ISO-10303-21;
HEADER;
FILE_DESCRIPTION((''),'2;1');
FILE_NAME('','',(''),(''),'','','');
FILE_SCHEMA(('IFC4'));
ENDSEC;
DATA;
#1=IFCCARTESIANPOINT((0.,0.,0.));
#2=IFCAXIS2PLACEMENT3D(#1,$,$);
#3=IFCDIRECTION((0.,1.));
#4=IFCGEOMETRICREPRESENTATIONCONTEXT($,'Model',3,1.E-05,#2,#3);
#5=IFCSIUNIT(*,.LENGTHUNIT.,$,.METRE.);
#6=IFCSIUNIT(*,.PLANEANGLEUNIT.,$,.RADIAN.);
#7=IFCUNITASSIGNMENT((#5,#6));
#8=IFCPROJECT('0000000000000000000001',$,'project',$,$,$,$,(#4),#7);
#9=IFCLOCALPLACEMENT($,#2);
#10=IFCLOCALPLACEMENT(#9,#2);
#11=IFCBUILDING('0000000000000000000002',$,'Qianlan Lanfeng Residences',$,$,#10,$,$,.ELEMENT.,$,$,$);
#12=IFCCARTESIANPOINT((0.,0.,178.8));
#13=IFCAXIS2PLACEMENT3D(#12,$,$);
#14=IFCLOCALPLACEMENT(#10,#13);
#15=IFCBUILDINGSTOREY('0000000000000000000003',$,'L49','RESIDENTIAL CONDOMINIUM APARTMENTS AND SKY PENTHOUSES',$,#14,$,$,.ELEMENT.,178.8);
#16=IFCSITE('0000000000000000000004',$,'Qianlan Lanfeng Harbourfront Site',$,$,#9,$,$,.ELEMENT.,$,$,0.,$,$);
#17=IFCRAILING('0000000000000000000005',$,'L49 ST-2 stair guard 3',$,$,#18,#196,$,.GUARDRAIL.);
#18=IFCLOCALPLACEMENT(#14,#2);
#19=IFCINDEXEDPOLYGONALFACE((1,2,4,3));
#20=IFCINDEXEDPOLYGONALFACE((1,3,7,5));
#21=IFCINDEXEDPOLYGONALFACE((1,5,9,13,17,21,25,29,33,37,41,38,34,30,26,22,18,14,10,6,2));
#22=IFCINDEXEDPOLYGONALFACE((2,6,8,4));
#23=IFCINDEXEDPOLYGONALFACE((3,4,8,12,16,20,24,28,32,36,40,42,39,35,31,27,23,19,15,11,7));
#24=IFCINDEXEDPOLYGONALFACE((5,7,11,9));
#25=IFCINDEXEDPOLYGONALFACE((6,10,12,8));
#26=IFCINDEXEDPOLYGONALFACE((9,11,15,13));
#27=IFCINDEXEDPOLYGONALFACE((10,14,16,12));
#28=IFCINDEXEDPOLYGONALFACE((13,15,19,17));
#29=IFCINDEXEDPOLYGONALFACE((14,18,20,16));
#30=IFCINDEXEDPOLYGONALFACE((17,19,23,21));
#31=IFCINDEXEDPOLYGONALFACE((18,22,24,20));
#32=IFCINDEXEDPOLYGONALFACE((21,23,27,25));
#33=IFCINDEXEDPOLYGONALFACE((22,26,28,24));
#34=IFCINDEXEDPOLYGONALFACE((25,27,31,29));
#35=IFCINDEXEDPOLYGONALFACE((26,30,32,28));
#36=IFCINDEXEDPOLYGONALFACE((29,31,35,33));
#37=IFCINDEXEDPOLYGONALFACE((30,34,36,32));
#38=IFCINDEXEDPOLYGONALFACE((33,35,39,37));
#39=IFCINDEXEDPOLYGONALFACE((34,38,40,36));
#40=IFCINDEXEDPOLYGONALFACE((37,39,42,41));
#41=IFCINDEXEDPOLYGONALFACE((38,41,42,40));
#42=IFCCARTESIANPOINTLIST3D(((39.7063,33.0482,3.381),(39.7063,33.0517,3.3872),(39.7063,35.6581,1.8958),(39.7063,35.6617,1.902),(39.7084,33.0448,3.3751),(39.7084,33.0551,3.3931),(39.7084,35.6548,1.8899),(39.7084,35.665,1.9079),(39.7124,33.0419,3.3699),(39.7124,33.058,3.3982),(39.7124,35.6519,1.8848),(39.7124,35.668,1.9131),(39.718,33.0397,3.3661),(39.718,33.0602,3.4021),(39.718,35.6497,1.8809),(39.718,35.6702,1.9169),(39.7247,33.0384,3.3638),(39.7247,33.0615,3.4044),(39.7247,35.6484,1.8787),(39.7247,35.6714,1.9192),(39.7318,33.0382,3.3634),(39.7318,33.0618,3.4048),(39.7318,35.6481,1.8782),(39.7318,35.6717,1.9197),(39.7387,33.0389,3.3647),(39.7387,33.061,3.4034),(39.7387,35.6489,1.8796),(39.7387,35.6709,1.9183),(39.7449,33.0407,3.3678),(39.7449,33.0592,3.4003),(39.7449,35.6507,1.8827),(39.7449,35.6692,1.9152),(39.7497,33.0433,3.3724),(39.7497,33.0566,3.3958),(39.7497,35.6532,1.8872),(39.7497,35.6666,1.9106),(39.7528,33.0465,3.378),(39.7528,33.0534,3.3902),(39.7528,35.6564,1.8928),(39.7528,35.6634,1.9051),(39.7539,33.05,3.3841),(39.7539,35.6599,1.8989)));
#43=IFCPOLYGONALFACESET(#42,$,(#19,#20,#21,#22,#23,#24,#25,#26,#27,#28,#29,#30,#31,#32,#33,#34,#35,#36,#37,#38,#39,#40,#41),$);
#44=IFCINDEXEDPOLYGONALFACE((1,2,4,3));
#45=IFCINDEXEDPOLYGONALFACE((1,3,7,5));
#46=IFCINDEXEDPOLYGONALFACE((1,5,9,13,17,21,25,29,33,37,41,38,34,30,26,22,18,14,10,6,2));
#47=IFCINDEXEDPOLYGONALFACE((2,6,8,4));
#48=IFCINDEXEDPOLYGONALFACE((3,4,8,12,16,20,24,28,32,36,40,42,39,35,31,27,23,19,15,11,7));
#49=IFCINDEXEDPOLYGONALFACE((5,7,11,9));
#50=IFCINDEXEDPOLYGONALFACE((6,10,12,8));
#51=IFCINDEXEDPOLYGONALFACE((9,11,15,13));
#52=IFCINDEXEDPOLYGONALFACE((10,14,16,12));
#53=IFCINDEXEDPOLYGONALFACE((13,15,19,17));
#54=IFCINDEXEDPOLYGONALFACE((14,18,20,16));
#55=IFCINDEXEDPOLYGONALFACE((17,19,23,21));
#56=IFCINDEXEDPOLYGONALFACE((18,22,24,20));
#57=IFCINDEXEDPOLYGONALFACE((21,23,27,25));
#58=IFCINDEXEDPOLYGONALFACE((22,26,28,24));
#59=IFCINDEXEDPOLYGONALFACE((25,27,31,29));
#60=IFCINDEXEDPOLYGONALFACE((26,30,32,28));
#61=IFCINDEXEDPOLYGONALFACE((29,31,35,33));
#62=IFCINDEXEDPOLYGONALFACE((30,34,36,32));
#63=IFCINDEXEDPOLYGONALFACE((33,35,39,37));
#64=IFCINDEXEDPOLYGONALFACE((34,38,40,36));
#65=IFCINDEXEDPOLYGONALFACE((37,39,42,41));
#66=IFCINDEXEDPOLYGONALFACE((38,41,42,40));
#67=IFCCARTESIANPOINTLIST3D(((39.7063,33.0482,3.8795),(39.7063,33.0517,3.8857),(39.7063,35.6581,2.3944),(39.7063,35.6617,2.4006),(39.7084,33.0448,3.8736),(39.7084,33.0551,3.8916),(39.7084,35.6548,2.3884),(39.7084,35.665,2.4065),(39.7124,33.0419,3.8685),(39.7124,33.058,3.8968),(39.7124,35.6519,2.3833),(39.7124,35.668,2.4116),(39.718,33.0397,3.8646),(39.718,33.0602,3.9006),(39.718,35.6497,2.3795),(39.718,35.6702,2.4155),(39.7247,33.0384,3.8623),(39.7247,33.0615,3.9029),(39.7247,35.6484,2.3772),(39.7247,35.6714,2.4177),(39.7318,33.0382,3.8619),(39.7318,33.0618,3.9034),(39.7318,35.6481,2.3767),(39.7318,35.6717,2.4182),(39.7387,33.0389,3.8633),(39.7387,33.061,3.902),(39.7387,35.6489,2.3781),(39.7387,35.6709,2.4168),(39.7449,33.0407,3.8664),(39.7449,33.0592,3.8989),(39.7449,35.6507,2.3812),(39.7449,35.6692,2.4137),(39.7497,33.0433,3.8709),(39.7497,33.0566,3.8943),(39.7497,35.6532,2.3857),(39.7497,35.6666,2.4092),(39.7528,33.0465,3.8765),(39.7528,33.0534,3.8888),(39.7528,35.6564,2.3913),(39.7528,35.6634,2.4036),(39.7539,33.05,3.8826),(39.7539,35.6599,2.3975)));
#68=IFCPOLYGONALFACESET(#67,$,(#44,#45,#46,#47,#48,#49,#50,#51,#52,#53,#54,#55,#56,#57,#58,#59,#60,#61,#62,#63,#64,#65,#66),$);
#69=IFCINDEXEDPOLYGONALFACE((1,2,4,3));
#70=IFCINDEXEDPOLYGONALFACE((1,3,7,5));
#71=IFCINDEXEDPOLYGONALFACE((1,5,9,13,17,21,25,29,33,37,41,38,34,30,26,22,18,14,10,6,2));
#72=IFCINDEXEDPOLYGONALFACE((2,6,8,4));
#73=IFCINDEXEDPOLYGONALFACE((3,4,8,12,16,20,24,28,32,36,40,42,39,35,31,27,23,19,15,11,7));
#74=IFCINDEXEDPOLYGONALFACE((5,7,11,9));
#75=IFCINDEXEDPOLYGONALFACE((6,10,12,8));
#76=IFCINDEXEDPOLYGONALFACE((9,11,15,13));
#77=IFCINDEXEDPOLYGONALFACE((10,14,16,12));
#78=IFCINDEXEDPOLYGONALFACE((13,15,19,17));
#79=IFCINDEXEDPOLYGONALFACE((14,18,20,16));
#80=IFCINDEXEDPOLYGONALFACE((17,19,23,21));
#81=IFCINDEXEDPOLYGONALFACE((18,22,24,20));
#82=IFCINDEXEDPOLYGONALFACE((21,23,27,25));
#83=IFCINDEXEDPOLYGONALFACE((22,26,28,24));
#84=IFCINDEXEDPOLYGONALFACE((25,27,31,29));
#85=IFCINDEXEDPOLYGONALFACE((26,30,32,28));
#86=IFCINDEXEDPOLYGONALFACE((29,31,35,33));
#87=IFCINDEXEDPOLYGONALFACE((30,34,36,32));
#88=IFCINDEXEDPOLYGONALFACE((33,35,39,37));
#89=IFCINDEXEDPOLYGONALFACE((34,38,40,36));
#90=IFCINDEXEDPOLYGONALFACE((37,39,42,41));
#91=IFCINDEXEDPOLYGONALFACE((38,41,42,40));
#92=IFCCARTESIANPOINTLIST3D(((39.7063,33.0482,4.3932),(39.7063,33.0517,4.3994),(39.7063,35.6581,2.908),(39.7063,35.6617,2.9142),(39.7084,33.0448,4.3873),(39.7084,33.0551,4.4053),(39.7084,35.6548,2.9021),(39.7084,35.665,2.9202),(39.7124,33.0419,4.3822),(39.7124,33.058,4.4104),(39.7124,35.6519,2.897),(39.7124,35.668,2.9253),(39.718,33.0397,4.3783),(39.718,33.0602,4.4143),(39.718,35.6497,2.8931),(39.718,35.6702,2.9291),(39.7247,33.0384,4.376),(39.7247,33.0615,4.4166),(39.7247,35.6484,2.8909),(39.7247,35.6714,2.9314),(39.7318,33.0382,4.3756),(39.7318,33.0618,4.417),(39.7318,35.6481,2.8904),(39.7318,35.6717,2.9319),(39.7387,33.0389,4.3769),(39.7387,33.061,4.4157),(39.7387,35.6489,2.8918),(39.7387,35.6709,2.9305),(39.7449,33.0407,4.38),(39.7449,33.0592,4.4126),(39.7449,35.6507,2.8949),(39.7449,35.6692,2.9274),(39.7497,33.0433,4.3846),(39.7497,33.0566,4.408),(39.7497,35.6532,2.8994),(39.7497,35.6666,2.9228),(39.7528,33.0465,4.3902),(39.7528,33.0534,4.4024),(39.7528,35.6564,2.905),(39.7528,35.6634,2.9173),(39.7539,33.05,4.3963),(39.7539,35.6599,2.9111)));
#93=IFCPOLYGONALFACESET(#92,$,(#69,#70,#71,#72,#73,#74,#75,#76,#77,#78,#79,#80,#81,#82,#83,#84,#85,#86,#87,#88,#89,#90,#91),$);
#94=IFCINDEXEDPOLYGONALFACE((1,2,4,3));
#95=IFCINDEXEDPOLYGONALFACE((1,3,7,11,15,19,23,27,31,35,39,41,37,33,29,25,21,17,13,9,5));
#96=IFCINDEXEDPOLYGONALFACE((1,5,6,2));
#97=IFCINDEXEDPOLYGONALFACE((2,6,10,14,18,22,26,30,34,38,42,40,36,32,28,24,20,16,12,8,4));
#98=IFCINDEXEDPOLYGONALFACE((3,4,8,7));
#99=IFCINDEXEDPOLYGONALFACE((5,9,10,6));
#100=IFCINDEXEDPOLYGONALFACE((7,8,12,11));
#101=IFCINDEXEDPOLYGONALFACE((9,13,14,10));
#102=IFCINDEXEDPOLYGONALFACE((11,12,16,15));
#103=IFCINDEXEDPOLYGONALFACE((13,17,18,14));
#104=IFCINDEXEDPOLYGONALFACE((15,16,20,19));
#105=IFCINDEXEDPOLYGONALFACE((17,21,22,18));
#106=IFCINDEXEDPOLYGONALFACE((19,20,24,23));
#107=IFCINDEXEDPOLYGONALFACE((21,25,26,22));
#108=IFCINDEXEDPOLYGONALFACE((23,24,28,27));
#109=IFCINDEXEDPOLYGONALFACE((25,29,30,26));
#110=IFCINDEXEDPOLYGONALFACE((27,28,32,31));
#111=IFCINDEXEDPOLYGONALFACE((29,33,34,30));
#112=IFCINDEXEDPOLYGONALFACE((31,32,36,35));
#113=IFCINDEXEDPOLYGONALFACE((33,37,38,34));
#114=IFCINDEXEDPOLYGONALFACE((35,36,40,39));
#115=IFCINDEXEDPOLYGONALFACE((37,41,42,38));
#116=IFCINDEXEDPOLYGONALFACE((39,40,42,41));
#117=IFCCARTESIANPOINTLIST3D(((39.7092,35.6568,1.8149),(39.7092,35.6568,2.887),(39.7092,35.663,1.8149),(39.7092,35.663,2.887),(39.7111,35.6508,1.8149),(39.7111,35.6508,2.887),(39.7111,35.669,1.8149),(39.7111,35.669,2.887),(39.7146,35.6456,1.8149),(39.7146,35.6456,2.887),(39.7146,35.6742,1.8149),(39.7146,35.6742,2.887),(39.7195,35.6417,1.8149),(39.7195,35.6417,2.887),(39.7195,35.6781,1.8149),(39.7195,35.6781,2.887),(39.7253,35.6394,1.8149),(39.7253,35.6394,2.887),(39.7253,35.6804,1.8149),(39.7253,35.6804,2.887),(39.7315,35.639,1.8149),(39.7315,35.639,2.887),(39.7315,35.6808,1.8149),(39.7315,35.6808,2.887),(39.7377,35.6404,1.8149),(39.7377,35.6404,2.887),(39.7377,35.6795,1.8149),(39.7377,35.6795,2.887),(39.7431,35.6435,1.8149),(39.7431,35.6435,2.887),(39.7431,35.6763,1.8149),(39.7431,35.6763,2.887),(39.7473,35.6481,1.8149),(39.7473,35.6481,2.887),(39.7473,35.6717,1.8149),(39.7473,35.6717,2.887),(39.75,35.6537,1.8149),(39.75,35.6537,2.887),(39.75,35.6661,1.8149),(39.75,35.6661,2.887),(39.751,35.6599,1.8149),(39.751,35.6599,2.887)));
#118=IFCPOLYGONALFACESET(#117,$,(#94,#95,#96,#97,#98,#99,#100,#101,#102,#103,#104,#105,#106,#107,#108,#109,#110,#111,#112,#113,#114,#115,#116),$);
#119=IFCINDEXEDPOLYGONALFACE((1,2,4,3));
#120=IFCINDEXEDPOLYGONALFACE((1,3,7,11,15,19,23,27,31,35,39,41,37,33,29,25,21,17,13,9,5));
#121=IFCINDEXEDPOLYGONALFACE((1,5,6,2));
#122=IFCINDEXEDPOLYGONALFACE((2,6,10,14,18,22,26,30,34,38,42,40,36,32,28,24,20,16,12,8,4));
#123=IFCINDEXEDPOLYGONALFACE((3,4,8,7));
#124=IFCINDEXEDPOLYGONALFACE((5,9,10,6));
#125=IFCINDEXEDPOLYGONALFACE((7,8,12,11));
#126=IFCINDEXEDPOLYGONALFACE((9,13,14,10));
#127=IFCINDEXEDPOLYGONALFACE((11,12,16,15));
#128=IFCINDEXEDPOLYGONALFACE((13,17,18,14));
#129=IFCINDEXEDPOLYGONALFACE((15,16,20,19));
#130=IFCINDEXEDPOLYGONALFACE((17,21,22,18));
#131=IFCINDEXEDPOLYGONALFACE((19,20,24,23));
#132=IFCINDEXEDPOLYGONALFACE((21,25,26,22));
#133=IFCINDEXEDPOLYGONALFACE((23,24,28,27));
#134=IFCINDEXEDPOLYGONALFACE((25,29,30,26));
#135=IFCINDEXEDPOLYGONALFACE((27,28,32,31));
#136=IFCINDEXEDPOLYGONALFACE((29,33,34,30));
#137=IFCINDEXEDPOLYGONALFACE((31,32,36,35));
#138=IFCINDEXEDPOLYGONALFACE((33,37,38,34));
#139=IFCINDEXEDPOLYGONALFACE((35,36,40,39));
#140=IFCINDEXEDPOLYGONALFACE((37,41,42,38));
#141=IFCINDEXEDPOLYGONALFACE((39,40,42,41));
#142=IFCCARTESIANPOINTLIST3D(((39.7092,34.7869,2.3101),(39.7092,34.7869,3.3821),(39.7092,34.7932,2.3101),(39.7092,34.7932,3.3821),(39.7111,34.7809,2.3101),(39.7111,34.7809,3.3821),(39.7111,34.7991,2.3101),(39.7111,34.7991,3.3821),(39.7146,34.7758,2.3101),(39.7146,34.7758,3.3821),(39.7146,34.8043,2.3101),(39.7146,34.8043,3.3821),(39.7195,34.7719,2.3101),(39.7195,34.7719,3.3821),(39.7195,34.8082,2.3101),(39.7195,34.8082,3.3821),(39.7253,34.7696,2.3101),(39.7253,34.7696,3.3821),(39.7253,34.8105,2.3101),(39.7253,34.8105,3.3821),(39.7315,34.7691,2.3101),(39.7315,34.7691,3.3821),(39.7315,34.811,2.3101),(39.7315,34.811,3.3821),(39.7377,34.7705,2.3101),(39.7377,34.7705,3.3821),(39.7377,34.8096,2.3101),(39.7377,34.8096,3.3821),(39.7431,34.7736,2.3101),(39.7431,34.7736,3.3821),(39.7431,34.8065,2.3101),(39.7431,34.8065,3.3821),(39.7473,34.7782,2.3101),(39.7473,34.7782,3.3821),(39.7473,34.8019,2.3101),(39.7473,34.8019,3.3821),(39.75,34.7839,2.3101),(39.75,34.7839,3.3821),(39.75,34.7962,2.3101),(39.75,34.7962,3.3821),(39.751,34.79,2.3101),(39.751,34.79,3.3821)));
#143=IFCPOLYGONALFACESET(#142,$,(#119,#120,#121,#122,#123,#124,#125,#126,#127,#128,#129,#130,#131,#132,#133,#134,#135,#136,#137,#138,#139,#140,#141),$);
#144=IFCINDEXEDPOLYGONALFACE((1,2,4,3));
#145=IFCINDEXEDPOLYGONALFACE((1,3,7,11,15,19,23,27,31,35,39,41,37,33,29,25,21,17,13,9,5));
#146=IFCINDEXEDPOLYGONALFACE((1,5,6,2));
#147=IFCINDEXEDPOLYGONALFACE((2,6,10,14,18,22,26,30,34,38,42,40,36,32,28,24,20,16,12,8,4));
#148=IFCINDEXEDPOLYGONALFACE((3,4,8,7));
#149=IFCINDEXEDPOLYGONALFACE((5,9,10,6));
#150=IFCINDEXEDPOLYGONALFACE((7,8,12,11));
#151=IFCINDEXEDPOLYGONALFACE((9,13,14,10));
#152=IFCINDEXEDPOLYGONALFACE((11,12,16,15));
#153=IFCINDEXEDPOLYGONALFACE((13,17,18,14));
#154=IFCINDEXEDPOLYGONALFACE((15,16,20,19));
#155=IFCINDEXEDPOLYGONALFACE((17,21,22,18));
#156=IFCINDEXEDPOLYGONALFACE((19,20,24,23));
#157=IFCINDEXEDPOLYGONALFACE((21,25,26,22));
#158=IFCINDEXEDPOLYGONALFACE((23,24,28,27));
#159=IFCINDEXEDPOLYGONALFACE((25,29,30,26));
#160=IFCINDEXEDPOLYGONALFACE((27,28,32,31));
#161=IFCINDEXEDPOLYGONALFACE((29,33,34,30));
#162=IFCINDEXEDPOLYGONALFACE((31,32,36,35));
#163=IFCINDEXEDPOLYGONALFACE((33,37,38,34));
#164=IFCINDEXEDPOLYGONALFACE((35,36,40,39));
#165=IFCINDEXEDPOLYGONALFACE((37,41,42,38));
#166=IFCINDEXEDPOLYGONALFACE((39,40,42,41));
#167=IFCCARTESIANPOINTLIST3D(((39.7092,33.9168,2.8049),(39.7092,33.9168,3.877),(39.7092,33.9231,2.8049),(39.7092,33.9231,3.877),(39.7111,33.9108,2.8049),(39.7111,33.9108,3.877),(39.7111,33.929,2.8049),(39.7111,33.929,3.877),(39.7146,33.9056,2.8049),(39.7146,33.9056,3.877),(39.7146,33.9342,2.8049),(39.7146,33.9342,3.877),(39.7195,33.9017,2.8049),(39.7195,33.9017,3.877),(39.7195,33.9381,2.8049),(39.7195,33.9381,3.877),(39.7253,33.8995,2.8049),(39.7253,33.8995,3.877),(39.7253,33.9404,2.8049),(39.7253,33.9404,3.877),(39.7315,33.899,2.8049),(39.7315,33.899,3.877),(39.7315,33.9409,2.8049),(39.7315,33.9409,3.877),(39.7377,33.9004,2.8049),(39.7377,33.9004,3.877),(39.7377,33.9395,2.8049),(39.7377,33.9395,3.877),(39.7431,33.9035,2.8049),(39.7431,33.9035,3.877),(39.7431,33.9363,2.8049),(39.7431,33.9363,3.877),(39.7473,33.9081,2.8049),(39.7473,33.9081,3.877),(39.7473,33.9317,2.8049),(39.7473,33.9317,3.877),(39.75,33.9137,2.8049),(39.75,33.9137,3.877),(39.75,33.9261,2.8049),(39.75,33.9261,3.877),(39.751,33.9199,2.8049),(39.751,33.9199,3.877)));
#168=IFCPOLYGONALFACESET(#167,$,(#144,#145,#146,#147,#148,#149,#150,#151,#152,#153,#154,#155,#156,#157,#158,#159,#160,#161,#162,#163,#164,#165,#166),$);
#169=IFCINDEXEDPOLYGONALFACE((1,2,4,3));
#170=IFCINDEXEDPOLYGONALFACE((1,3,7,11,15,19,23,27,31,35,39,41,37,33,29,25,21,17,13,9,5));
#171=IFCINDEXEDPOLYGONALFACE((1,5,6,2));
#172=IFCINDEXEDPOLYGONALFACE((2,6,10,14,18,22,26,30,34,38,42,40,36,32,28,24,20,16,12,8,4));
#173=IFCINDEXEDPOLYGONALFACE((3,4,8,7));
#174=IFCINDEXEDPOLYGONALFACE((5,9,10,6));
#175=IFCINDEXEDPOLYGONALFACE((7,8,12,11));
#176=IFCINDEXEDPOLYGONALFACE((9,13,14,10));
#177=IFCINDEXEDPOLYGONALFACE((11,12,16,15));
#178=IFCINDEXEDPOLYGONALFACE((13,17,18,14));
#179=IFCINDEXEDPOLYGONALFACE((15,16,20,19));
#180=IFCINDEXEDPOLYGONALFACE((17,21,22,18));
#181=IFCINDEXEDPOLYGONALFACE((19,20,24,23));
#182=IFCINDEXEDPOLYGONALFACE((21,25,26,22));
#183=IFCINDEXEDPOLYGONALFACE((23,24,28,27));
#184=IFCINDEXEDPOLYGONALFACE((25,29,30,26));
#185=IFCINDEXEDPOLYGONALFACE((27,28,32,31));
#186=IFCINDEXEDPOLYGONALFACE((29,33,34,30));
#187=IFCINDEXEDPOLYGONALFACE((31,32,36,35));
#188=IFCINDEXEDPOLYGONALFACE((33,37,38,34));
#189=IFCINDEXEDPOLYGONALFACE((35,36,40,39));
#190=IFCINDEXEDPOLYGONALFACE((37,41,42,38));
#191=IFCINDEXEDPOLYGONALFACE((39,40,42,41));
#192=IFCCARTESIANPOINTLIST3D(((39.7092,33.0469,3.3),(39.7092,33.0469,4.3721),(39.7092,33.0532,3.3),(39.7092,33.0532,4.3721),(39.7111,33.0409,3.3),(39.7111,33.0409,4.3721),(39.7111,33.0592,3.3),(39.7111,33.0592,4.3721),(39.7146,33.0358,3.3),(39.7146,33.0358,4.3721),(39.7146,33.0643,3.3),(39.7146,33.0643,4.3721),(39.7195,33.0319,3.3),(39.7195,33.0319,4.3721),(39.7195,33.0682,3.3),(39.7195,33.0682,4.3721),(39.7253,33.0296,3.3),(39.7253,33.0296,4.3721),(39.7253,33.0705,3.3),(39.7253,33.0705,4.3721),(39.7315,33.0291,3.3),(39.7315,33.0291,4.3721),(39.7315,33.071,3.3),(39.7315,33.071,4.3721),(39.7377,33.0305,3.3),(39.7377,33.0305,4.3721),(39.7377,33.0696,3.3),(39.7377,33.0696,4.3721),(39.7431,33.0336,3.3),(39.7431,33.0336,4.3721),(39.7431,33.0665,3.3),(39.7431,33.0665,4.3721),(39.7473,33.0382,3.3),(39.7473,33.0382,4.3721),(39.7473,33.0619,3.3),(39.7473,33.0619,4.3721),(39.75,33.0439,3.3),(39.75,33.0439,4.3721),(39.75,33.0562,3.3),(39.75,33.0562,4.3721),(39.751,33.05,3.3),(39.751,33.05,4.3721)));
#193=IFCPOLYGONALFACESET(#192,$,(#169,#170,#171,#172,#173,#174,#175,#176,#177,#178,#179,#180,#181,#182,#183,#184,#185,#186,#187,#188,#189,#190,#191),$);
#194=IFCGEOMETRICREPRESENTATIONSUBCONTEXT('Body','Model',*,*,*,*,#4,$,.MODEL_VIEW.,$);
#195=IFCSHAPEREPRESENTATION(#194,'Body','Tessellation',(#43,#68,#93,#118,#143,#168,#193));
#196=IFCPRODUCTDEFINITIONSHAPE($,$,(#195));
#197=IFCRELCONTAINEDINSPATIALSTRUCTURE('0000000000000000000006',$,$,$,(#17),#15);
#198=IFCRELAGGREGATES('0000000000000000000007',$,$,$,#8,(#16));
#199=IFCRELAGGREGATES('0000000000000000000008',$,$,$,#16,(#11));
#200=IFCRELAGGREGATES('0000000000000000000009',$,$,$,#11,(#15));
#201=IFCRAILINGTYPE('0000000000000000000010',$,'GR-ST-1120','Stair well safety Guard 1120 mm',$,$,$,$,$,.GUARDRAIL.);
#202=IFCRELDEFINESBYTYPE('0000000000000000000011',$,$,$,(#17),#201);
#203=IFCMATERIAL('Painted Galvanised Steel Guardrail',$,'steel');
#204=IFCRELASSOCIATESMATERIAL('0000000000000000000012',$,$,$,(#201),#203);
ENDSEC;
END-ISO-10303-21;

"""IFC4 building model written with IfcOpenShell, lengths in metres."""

from ifc_helpers import new_model, si_unit, direction, frame, origin, origin_2d, place, context, subcontext, project, spatial, circle, extrude, material, type_object, element, save


model = new_model("IFC4")

# Units and contexts
model_context = context("Model", 3, precision=1e-05, world=origin(), true_north=direction((0.0, 1.0)))
body_context = subcontext(model_context, "Body", "Model", "MODEL_VIEW")
ifc_project = project(units=[si_unit("LENGTHUNIT", "METRE"), si_unit("PLANEANGLEUNIT", "RADIAN")], contexts=[model_context])

# Site, building, storey
site_placement = place(None, origin())
site = spatial("IfcSite", under=ifc_project, at=site_placement, Name="Qianlan Lanfeng Harbourfront Site", CompositionType="ELEMENT", RefElevation=0.0)
building_placement = place(site_placement, origin())
building = spatial("IfcBuilding", under=site, at=building_placement, Name="Qianlan Lanfeng Residences", CompositionType="ELEMENT")
storey_placement = place(building_placement, frame((0.0, 0.0, 178.8)))
storey = spatial("IfcBuildingStorey", under=building, at=storey_placement, Name="L49", Description="RESIDENTIAL CONDOMINIUM APARTMENTS AND SKY PENTHOUSES", CompositionType="ELEMENT", Elevation=178.8)

# Railing
ifc_material_1 = material(Name="Painted Galvanised Steel Guardrail", Category="steel")
railing_type_1 = type_object("IfcRailingType", Name="GR-ST-1120", Description="Stair well safety Guard 1120 mm", PredefinedType="GUARDRAIL", material=ifc_material_1)
railing_1_placement = place(storey_placement, frame((39.73, 35.6599, 1.8149)))
element("IfcRailing", 1, at=railing_1_placement, inside=storey, type_object=railing_type_1, Name="L49 ST-2 stair guard 3", PredefinedType="GUARDRAIL", context=body_context, shape_type="SweptSolid", body=[
    extrude(circle(Radius=0.0239, at=origin_2d()), frame((0.0, 0.0, 0.084), z_axis=(0.0, -0.869137, 0.494571), x_axis=(1.0, 0.0, 0.0)), (0.0, 0.0, 1.0), 3.0029),
    extrude(circle(Radius=0.0239, at=origin_2d()), frame((0.0, 0.0, 0.5825), z_axis=(0.0, -0.869137, 0.494571), x_axis=(1.0, 0.0, 0.0)), (0.0, 0.0, 1.0), 3.0029),
    extrude(circle(Radius=0.0239, at=origin_2d()), frame((0.0, 0.0, 1.0962), z_axis=(0.0, -0.869137, 0.494571), x_axis=(1.0, 0.0, 0.0)), (0.0, 0.0, 1.0), 3.0029),
    extrude(circle(Radius=0.021, at=origin_2d()), origin(), (0.0, 0.0, 1.0), 1.072),
    extrude(circle(Radius=0.021, at=origin_2d()), frame((0.0, -0.8699, 0.4951)), (0.0, 0.0, 1.0), 1.072),
    extrude(circle(Radius=0.021, at=origin_2d()), frame((0.0, -1.74, 0.99)), (0.0, 0.0, 1.0), 1.072),
    extrude(circle(Radius=0.021, at=origin_2d()), frame((0.0, -2.6099, 1.4851)), (0.0, 0.0, 1.0), 1.072),
])

save(model, "model.ifc")
